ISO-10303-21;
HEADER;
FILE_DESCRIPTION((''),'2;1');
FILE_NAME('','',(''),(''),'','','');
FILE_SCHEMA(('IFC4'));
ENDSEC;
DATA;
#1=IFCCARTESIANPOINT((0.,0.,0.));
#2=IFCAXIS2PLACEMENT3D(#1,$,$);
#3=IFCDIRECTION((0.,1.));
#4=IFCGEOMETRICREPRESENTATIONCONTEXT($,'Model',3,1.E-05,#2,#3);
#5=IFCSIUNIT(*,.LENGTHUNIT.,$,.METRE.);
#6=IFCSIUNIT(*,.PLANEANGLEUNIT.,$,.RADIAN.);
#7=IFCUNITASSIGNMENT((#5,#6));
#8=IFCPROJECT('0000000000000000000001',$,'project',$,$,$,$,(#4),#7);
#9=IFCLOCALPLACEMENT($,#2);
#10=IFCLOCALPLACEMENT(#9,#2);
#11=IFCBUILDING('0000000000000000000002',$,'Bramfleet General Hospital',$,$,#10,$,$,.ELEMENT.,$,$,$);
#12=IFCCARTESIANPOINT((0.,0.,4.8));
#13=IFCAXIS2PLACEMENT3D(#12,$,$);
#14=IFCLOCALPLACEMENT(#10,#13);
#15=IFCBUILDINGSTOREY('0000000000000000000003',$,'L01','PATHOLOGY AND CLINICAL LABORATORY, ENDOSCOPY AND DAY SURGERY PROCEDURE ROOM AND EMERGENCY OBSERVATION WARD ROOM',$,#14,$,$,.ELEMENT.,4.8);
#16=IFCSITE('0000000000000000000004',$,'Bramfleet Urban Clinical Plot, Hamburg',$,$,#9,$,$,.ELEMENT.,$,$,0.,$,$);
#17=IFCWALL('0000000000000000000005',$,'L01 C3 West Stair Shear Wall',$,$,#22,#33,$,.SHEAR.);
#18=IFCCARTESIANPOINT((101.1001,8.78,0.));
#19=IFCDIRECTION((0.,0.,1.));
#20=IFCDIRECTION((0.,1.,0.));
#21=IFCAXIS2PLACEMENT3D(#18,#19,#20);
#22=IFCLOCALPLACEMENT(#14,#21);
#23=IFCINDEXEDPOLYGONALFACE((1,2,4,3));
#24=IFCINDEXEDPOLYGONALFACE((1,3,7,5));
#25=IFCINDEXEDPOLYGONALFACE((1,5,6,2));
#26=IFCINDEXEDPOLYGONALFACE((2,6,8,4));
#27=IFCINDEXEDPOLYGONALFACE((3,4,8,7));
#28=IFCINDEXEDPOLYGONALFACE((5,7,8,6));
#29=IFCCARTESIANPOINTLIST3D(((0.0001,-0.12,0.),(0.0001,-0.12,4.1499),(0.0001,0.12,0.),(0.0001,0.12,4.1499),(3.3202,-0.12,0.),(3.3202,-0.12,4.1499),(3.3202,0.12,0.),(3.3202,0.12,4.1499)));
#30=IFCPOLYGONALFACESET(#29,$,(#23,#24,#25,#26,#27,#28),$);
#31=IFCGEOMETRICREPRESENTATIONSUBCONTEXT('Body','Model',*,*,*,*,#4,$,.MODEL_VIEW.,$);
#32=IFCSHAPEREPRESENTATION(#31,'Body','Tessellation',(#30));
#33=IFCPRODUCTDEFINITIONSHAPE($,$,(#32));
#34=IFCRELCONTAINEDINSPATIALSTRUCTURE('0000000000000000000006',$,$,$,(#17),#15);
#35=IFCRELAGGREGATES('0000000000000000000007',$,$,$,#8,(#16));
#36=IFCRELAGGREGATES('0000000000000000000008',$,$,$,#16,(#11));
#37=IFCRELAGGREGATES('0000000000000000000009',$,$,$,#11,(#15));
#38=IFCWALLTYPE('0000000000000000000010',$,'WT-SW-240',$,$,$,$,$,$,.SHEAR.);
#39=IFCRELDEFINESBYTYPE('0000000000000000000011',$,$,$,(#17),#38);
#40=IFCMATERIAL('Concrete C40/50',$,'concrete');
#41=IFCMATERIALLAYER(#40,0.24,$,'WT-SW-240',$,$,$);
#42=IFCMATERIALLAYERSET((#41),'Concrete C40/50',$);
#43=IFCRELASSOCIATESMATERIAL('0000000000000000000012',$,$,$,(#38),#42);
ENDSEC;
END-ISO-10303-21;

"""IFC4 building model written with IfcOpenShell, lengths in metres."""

from ifc_helpers import new_model, si_unit, direction, frame, frame_2d, origin, place, context, subcontext, project, spatial, rectangle, extrude, material, layer, layer_set, type_object, element, save


model = new_model("IFC4")

# Units and contexts
model_context = context("Model", 3, precision=1e-05, world=origin(), true_north=direction((0.0, 1.0)))
body_context = subcontext(model_context, "Body", "Model", "MODEL_VIEW")
ifc_project = project(units=[si_unit("LENGTHUNIT", "METRE"), si_unit("PLANEANGLEUNIT", "RADIAN")], contexts=[model_context])

# Site, building, storey
site_placement = place(None, origin())
site = spatial("IfcSite", under=ifc_project, at=site_placement, Name="Bramfleet Urban Clinical Plot, Hamburg", CompositionType="ELEMENT", RefElevation=0.0)
building_placement = place(site_placement, origin())
building = spatial("IfcBuilding", under=site, at=building_placement, Name="Bramfleet General Hospital", CompositionType="ELEMENT")
storey_placement = place(building_placement, frame((0.0, 0.0, 4.8)))
storey = spatial("IfcBuildingStorey", under=building, at=storey_placement, Name="L01", Description="PATHOLOGY AND CLINICAL LABORATORY, ENDOSCOPY AND DAY SURGERY PROCEDURE ROOM AND EMERGENCY OBSERVATION WARD ROOM", CompositionType="ELEMENT", Elevation=4.8)

# Shared definitions
ifc_material_1 = material(Name="Concrete C40/50", Category="concrete")

# Wall
ifc_layer_1 = layer(ifc_material_1, 0.24, Name="WT-SW-240")
ifc_layer_set_1 = layer_set([ifc_layer_1], Name="Concrete C40/50")
wall_type_1 = type_object("IfcWallType", Name="WT-SW-240", PredefinedType="SHEAR", material=ifc_layer_set_1)
wall_1_placement = place(storey_placement, frame((101.1001, 8.78, 0.0), z_axis=(0.0, 0.0, 1.0), x_axis=(0.0, 1.0, 0.0)))
element("IfcWall", 1, at=wall_1_placement, inside=storey, type_object=wall_type_1, Name="L01 C3 West Stair Shear Wall", PredefinedType="SHEAR", context=body_context, shape_type="SweptSolid", body=[
    extrude(rectangle(XDim=3.3201, YDim=0.24, at=frame_2d((1.6602, 0.0))), origin(), (0.0, 0.0, 1.0), 4.1499),
])

save(model, "model.ifc")
